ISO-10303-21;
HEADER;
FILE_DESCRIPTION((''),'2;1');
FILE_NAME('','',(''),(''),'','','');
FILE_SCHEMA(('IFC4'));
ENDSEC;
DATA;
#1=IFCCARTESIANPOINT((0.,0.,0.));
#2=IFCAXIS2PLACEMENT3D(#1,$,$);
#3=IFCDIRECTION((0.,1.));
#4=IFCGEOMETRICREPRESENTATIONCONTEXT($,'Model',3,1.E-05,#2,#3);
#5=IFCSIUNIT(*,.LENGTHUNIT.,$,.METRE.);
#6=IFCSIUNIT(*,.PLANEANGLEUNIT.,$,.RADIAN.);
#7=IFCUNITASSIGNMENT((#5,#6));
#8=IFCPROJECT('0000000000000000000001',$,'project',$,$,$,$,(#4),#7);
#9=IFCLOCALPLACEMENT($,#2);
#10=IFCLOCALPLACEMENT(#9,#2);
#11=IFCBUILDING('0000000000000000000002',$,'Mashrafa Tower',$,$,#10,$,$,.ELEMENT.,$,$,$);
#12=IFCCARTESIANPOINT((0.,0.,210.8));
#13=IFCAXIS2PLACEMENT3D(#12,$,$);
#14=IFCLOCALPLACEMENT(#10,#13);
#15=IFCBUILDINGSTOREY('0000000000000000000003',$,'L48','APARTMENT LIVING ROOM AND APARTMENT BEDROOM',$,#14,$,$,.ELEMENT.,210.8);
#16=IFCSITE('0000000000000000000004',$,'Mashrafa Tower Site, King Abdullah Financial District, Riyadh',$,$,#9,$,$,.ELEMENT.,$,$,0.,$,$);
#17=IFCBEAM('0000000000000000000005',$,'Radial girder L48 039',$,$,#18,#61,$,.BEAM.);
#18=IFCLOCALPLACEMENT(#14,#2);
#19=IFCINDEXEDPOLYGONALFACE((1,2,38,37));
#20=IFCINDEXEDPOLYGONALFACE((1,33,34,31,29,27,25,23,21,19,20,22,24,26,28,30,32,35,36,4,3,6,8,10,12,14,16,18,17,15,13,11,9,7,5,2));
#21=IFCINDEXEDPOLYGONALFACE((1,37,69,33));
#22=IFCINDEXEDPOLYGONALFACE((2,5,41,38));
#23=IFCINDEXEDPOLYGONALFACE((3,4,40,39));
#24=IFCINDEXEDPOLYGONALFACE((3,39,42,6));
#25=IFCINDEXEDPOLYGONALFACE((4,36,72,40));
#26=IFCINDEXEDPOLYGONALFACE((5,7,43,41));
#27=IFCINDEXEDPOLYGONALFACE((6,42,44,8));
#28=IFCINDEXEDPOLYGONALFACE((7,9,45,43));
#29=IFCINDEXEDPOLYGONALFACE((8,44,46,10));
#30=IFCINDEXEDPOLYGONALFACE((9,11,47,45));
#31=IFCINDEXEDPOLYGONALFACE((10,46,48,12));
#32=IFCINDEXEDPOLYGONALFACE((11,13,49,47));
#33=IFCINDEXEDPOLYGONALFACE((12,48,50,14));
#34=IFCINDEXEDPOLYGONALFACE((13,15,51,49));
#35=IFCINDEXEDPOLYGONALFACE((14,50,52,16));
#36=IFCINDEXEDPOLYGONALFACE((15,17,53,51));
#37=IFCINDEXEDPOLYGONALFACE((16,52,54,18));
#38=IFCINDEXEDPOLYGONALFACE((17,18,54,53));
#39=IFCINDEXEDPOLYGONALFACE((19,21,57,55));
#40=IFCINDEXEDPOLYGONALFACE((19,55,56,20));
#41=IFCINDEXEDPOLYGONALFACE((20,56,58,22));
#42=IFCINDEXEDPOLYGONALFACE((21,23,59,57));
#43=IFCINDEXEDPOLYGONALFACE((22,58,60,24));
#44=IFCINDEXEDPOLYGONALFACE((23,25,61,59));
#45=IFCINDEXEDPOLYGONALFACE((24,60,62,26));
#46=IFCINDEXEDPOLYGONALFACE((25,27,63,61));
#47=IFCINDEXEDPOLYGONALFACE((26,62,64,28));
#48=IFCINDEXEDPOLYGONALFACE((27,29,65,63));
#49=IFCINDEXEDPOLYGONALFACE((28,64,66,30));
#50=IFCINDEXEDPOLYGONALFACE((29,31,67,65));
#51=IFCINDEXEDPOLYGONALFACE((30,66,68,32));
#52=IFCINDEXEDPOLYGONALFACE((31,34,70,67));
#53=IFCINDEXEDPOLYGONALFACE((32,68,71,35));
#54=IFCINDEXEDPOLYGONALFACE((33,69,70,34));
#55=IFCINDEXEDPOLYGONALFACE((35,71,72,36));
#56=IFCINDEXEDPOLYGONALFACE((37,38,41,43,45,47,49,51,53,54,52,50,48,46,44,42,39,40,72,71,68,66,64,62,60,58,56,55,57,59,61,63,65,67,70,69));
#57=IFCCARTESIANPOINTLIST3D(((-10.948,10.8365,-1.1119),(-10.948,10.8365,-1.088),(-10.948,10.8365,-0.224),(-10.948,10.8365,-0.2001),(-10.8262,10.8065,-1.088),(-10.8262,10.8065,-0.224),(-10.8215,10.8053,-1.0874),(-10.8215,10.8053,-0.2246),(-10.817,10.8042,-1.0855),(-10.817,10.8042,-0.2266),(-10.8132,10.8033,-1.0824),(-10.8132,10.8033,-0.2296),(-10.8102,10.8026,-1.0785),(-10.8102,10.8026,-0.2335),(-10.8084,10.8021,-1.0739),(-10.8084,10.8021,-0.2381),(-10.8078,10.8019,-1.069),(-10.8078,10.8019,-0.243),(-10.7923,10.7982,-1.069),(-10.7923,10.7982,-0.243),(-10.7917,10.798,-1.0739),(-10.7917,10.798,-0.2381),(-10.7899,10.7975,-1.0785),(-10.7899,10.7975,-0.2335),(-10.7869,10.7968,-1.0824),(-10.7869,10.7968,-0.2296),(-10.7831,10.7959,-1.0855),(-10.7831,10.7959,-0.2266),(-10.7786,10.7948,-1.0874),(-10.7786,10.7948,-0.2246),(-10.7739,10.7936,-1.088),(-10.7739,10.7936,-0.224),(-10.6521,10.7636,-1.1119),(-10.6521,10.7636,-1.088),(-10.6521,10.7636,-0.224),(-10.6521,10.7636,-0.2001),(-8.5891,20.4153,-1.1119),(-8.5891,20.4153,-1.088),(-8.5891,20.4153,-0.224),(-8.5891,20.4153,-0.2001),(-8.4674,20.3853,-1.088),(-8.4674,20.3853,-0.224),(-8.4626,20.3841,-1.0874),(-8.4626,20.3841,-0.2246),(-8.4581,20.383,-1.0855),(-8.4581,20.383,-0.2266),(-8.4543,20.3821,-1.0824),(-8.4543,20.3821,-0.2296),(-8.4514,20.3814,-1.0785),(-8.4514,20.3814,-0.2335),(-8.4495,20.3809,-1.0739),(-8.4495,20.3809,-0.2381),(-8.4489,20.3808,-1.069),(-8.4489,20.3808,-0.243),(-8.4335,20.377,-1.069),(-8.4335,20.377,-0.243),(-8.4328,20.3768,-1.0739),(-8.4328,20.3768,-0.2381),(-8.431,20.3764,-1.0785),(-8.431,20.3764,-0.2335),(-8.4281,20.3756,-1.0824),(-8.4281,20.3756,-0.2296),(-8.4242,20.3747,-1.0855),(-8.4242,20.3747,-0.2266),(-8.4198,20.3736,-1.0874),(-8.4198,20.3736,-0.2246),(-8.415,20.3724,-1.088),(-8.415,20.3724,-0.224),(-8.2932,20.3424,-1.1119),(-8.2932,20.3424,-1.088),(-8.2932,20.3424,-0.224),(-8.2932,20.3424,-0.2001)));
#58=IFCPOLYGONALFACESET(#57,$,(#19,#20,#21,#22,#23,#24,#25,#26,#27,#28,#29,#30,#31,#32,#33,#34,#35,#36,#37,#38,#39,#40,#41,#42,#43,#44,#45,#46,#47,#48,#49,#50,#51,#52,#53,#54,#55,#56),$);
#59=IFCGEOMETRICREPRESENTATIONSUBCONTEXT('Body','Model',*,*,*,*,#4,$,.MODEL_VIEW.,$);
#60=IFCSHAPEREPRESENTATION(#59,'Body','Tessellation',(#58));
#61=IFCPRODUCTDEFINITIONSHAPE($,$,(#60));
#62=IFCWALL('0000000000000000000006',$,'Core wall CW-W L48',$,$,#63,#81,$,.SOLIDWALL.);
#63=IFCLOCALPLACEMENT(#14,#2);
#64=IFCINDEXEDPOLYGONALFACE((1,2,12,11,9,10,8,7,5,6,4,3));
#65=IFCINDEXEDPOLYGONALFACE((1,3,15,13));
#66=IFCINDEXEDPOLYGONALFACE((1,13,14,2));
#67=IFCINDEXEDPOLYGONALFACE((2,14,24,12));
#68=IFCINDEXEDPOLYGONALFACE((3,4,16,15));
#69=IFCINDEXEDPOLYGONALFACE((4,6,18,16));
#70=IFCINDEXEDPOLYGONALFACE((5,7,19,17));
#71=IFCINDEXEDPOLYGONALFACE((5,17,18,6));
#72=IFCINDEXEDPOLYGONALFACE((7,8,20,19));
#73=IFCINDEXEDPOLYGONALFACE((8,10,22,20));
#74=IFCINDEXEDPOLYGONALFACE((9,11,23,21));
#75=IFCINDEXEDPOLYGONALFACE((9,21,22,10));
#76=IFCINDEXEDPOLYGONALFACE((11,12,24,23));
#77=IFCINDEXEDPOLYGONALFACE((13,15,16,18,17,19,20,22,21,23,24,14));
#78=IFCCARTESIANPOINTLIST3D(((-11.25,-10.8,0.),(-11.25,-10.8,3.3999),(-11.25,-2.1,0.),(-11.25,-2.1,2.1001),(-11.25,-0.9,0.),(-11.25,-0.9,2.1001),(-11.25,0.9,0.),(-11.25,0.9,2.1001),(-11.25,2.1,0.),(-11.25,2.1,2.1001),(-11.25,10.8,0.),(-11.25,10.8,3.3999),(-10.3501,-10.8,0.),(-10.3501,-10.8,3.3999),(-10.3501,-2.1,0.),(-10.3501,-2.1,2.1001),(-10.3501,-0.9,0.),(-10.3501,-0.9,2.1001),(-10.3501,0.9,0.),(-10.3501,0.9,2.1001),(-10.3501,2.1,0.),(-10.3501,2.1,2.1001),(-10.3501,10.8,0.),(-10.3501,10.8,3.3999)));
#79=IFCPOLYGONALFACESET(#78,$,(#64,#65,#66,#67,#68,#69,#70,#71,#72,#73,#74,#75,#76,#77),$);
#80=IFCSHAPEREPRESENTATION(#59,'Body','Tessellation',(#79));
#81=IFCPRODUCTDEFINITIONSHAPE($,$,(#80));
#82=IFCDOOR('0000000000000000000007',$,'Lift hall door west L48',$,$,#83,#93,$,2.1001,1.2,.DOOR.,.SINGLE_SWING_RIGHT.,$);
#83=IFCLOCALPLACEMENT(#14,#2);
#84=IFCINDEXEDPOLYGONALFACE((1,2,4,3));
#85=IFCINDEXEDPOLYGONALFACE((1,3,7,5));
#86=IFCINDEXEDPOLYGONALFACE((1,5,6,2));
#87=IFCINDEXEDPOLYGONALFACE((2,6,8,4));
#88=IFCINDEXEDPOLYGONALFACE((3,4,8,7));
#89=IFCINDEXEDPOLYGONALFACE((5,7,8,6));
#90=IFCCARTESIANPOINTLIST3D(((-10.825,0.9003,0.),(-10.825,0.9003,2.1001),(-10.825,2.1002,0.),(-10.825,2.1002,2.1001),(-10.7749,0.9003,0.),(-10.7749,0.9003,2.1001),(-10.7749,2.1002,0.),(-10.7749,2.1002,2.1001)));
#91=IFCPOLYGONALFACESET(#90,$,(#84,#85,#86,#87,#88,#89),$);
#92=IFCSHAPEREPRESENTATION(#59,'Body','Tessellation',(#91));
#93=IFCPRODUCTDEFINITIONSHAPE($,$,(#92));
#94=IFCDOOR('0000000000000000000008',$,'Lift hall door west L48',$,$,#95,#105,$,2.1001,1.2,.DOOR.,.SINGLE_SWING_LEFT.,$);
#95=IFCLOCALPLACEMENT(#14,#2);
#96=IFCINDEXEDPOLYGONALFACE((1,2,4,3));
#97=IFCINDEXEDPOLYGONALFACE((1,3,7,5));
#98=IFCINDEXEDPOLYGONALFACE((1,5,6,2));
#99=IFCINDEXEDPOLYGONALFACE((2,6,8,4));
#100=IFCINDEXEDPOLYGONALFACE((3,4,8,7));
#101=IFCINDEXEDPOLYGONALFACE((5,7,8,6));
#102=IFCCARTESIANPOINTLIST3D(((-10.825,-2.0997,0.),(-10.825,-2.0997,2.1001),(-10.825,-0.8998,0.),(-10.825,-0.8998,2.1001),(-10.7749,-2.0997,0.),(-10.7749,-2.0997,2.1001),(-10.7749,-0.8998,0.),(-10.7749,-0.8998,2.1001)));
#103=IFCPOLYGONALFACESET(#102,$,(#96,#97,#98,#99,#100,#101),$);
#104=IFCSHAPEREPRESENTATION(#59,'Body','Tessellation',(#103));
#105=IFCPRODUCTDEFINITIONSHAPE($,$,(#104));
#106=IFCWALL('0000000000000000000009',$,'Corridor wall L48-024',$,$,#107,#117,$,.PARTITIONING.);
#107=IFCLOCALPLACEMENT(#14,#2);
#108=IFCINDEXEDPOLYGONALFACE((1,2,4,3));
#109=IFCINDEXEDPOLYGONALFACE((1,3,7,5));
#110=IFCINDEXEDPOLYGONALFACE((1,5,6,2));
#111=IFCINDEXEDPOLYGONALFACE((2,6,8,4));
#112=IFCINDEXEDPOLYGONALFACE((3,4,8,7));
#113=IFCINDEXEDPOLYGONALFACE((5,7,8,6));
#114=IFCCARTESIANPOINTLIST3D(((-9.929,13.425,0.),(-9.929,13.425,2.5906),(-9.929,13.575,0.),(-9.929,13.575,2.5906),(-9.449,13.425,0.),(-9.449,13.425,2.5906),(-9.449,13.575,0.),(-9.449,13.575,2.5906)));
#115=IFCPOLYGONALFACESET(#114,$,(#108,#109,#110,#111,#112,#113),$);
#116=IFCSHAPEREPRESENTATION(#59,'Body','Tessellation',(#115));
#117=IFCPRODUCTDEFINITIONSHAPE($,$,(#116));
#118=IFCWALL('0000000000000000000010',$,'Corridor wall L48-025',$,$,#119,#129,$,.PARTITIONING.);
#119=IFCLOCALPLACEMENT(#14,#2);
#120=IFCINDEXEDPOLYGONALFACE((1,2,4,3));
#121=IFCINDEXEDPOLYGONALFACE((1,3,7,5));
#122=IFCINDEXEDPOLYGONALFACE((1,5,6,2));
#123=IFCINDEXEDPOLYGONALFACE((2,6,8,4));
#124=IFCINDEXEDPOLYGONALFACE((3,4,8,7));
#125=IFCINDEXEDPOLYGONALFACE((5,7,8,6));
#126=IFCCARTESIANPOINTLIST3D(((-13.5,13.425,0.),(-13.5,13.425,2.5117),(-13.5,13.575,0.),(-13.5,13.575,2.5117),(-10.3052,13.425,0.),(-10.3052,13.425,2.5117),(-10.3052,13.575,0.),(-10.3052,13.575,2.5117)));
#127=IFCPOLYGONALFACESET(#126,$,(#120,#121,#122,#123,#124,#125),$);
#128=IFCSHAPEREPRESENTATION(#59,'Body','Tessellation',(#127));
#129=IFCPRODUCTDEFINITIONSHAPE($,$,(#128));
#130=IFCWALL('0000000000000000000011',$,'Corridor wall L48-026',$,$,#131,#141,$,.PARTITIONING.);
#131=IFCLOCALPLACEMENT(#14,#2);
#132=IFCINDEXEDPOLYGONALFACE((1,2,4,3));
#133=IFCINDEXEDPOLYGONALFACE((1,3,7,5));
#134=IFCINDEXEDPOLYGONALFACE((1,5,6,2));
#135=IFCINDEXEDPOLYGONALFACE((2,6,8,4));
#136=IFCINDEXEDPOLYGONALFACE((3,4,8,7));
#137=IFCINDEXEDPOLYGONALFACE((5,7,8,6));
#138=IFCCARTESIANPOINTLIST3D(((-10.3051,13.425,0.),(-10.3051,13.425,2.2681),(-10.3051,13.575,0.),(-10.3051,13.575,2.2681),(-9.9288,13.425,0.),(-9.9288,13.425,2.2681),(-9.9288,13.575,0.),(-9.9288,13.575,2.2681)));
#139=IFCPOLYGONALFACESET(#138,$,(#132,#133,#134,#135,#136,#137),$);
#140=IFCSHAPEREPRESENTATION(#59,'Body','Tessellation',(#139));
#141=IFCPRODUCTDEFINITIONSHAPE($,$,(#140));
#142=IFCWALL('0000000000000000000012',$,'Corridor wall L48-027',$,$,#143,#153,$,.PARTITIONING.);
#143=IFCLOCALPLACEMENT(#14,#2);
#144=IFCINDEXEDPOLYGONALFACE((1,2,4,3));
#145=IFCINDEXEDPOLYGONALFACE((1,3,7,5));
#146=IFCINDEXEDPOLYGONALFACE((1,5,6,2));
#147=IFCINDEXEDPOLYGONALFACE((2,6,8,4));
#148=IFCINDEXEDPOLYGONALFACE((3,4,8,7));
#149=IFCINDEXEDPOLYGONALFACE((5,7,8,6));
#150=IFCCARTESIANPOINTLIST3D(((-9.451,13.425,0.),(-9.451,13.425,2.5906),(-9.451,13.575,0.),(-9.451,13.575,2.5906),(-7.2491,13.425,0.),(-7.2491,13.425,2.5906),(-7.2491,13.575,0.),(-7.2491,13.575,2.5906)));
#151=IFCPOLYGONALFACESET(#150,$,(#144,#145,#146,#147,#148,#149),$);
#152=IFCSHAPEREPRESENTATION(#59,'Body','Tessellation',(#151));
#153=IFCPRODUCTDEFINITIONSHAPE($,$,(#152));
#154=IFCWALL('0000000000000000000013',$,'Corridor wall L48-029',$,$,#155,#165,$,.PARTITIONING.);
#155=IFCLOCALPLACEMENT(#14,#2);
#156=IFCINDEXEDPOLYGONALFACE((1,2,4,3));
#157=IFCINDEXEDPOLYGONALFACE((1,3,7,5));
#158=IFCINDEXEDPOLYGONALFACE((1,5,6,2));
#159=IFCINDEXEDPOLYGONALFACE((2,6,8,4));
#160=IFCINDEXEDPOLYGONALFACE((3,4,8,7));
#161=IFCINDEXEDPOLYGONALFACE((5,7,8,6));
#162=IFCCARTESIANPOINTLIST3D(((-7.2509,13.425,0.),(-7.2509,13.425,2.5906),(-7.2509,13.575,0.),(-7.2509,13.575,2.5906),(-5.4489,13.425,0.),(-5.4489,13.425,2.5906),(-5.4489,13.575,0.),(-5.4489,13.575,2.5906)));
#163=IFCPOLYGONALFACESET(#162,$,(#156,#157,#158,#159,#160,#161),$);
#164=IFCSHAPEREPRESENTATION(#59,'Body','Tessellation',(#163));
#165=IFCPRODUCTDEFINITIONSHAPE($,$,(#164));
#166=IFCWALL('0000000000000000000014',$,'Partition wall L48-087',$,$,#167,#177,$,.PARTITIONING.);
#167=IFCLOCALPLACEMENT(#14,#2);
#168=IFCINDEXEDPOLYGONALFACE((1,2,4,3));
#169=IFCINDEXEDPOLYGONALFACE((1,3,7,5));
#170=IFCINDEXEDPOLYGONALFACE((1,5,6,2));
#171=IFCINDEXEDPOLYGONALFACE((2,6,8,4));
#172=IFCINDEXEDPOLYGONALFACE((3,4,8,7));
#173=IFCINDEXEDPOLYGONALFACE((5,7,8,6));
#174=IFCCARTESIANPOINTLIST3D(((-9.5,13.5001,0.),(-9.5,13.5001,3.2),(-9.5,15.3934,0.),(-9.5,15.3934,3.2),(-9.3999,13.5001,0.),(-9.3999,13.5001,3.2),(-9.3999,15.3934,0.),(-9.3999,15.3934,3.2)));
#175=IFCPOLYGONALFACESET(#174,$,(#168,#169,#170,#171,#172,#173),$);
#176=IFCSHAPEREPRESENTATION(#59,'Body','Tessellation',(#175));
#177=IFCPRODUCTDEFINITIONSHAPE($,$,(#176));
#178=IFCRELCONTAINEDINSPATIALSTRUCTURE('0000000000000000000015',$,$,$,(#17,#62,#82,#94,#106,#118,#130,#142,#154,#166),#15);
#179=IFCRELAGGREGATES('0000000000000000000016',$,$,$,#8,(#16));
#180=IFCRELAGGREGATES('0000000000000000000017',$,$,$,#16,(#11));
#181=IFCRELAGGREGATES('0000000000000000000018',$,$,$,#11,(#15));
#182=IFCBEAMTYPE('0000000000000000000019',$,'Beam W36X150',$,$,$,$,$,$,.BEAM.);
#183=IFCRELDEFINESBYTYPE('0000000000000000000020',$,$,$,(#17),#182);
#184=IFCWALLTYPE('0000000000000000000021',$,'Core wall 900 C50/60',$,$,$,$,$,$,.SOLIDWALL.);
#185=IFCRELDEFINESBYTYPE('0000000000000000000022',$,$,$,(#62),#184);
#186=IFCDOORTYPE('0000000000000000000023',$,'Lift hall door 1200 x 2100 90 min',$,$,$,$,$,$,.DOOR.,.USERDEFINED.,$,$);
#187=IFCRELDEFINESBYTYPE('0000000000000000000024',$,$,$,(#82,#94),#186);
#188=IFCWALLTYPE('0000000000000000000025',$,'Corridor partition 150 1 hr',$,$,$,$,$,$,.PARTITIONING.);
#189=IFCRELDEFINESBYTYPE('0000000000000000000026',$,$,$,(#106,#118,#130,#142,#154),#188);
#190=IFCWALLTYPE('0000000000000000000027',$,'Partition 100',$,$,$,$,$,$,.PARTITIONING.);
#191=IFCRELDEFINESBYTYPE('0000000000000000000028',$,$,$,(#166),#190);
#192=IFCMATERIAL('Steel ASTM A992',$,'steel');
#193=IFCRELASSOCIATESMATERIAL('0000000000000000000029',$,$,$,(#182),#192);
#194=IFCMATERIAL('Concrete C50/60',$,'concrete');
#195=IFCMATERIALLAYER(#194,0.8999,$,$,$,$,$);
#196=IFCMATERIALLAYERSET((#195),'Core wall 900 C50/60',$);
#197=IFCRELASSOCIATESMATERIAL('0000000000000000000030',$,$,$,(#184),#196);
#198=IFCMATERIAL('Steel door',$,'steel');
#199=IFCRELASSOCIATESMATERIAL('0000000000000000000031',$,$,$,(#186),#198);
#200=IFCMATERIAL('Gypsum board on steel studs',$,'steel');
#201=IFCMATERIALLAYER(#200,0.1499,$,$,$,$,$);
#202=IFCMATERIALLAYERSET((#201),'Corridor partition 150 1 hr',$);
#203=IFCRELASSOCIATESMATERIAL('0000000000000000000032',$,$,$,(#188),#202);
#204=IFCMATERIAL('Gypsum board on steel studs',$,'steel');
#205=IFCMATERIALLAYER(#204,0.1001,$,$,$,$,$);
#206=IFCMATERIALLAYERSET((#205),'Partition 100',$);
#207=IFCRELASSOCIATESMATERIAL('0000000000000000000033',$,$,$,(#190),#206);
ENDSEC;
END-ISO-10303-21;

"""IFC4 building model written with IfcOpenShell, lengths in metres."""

from ifc_helpers import new_model, si_unit, direction, frame, frame_2d, origin, origin_2d, place, context, subcontext, project, spatial, rectangle, i_section, extrude, material, layer, layer_set, material_profile, profile_set, type_object, element, fill, save


model = new_model("IFC4")

# Units and contexts
model_context = context("Model", 3, precision=1e-05, world=origin(), true_north=direction((0.0, 1.0)))
body_context = subcontext(model_context, "Body", "Model", "MODEL_VIEW")
ifc_project = project(units=[si_unit("LENGTHUNIT", "METRE"), si_unit("PLANEANGLEUNIT", "RADIAN")], contexts=[model_context])

# Site, building, storey
site_placement = place(None, origin())
site = spatial("IfcSite", under=ifc_project, at=site_placement, Name="Mashrafa Tower Site, King Abdullah Financial District, Riyadh", CompositionType="ELEMENT", RefElevation=0.0)
building_placement = place(site_placement, origin())
building = spatial("IfcBuilding", under=site, at=building_placement, Name="Mashrafa Tower", CompositionType="ELEMENT")
storey_placement = place(building_placement, frame((0.0, 0.0, 210.8)))
storey = spatial("IfcBuildingStorey", under=building, at=storey_placement, Name="L48", Description="APARTMENT LIVING ROOM AND APARTMENT BEDROOM", CompositionType="ELEMENT", Elevation=210.8)

# Beam
ifc_material_1 = material(Name="Steel ASTM A992", Category="steel")
ifc_material_profile_1 = material_profile(ifc_material_1, i_section(OverallWidth=0.3047, OverallDepth=0.9119, WebThickness=0.0159, FlangeThickness=0.0239, FilletRadius=0.019, at=origin_2d()), Name="W36X150")
ifc_profile_set_1 = profile_set([ifc_material_profile_1], Name="Steel ASTM A992")
beam_type_1 = type_object("IfcBeamType", Name="Beam W36X150", PredefinedType="BEAM", material=ifc_profile_set_1)
for number, where, z_axis, x_axis, name in (
    (1, (-10.8, 10.8, -0.656), (0.239116, 0.970991, 0.0), (-0.970991, 0.239116, 0.0), "Radial girder L48 039"),
):
    element("IfcBeam", number, at=place(storey_placement, frame(where, z_axis=z_axis, x_axis=x_axis)), inside=storey, type_object=beam_type_1, Name=name, PredefinedType="BEAM", context=body_context, shape_type="SweptSolid", body=[
        extrude(i_section(OverallWidth=0.3047, OverallDepth=0.9119, WebThickness=0.0159, FlangeThickness=0.0239, FilletRadius=0.019, at=origin_2d()), origin(), (0.0, 0.0, 1.0), 9.865),
    ])

# Wall, openings, doors
ifc_material_2 = material(Name="Concrete C50/60", Category="concrete")
ifc_layer_1 = layer(ifc_material_2, 0.8999)
ifc_layer_set_1 = layer_set([ifc_layer_1], Name="Core wall 900 C50/60")
wall_type_1 = type_object("IfcWallType", Name="Core wall 900 C50/60", PredefinedType="SOLIDWALL", material=ifc_layer_set_1)
wall_1_placement = place(storey_placement, frame((-10.8, 10.8, 0.0), z_axis=(0.0, 0.0, 1.0), x_axis=(0.0, -1.0, 0.0)))
wall_1 = element("IfcWall", 2, at=wall_1_placement, inside=storey, type_object=wall_type_1, Name="Core wall CW-W L48", PredefinedType="SOLIDWALL", context=body_context, shape_type="SweptSolid", body=[
    extrude(rectangle(XDim=21.6001, YDim=0.8999, at=frame_2d((10.8, 0.0))), origin(), (0.0, 0.0, 1.0), 3.3999),
])
opening_1_placement = place(wall_1_placement, frame((8.7, 0.0, 0.0)))
opening_1 = element("IfcOpeningElement", 3, at=opening_1_placement, cuts=wall_1, PredefinedType="OPENING", context=body_context, shape_type="SweptSolid", body=[
    extrude(rectangle(XDim=1.2, YDim=2.1001, at=frame_2d((0.6001, 1.05))), frame((0.0, 0.46, 0.0), z_axis=(0.0, -1.0, 0.0), x_axis=(1.0, 0.0, 0.0)), (0.0, 0.0, 1.0), 0.9199),
])
opening_2_placement = place(wall_1_placement, frame((11.7, 0.0, 0.0)))
opening_2 = element("IfcOpeningElement", 4, at=opening_2_placement, cuts=wall_1, PredefinedType="OPENING", context=body_context, shape_type="SweptSolid", body=[
    extrude(rectangle(XDim=1.2, YDim=2.1001, at=frame_2d((0.6001, 1.05))), frame((0.0, 0.46, 0.0), z_axis=(0.0, -1.0, 0.0), x_axis=(1.0, 0.0, 0.0)), (0.0, 0.0, 1.0), 0.9199),
])
ifc_material_3 = material(Name="Steel door", Category="steel")
door_type_1 = type_object("IfcDoorType", Name="Lift hall door 1200 x 2100 90 min", OperationType="USERDEFINED", PredefinedType="DOOR", material=ifc_material_3)
door_1_placement = place(opening_1_placement, frame((1.2, 0.0, 0.0), z_axis=(0.0, 0.0, 1.0), x_axis=(-1.0, 0.0, 0.0)))
door_1 = element("IfcDoor", 5, at=door_1_placement, inside=storey, type_object=door_type_1, Name="Lift hall door west L48", OperationType="SINGLE_SWING_RIGHT", OverallHeight=2.1001, OverallWidth=1.2, PredefinedType="DOOR", context=body_context, shape_type="SweptSolid", body=[
    extrude(rectangle(XDim=1.2, YDim=2.1001, at=frame_2d((0.6001, 1.05))), frame((0.0, 0.0249, 0.0), z_axis=(0.0, -1.0, 0.0), x_axis=(1.0, 0.0, 0.0)), (0.0, 0.0, 1.0), 0.05),
])
fill(opening_1, door_1)
door_2_placement = place(opening_2_placement, frame((1.2, 0.0, 0.0), z_axis=(0.0, 0.0, 1.0), x_axis=(-1.0, 0.0, 0.0)))
door_2 = element("IfcDoor", 6, at=door_2_placement, inside=storey, type_object=door_type_1, Name="Lift hall door west L48", OperationType="SINGLE_SWING_LEFT", OverallHeight=2.1001, OverallWidth=1.2, PredefinedType="DOOR", context=body_context, shape_type="SweptSolid", body=[
    extrude(rectangle(XDim=1.2, YDim=2.1001, at=frame_2d((0.6001, 1.05))), frame((0.0, 0.0249, 0.0), z_axis=(0.0, -1.0, 0.0), x_axis=(1.0, 0.0, 0.0)), (0.0, 0.0, 1.0), 0.05),
])
fill(opening_2, door_2)

# Walls
ifc_material_4 = material(Name="Gypsum board on steel studs", Category="steel")
ifc_layer_2 = layer(ifc_material_4, 0.1499)
ifc_layer_set_2 = layer_set([ifc_layer_2], Name="Corridor partition 150 1 hr")
wall_type_2 = type_object("IfcWallType", Name="Corridor partition 150 1 hr", PredefinedType="PARTITIONING", material=ifc_layer_set_2)
wall_2_placement = place(storey_placement, frame((-9.449, 13.5, 0.0), z_axis=(0.0, 0.0, 1.0), x_axis=(-1.0, 0.0, 0.0)))
element("IfcWall", 7, at=wall_2_placement, inside=storey, type_object=wall_type_2, Name="Corridor wall L48-024", PredefinedType="PARTITIONING", context=body_context, shape_type="SweptSolid", body=[
    extrude(rectangle(XDim=0.48, YDim=0.1499, at=frame_2d((0.24, 0.0))), origin(), (0.0, 0.0, 1.0), 2.5906),
])
wall_3_placement = place(storey_placement, frame((-10.3052, 13.5, 0.0), z_axis=(0.0, 0.0, 1.0), x_axis=(-1.0, 0.0, 0.0)))
element("IfcWall", 8, at=wall_3_placement, inside=storey, type_object=wall_type_2, Name="Corridor wall L48-025", PredefinedType="PARTITIONING", context=body_context, shape_type="SweptSolid", body=[
    extrude(rectangle(XDim=3.1948, YDim=0.1499, at=frame_2d((1.5974, 0.0))), origin(), (0.0, 0.0, 1.0), 2.5117),
])
wall_4_placement = place(storey_placement, frame((-9.929, 13.5, 0.0), z_axis=(0.0, 0.0, 1.0), x_axis=(-1.0, 0.0, 0.0)))
element("IfcWall", 9, at=wall_4_placement, inside=storey, type_object=wall_type_2, Name="Corridor wall L48-026", PredefinedType="PARTITIONING", context=body_context, shape_type="SweptSolid", body=[
    extrude(rectangle(XDim=0.3762, YDim=0.1499, at=frame_2d((0.188, 0.0))), origin(), (0.0, 0.0, 1.0), 2.2681),
])
wall_5_placement = place(storey_placement, frame((-7.249, 13.5, 0.0), z_axis=(0.0, 0.0, 1.0), x_axis=(-1.0, 0.0, 0.0)))
element("IfcWall", 10, at=wall_5_placement, inside=storey, type_object=wall_type_2, Name="Corridor wall L48-027", PredefinedType="PARTITIONING", context=body_context, shape_type="SweptSolid", body=[
    extrude(rectangle(XDim=2.2019, YDim=0.1499, at=frame_2d((1.1011, 0.0))), origin(), (0.0, 0.0, 1.0), 2.5906),
])
wall_6_placement = place(storey_placement, frame((-5.449, 13.5, 0.0), z_axis=(0.0, 0.0, 1.0), x_axis=(-1.0, 0.0, 0.0)))
element("IfcWall", 11, at=wall_6_placement, inside=storey, type_object=wall_type_2, Name="Corridor wall L48-029", PredefinedType="PARTITIONING", context=body_context, shape_type="SweptSolid", body=[
    extrude(rectangle(XDim=1.802, YDim=0.1499, at=frame_2d((0.9009, 0.0))), origin(), (0.0, 0.0, 1.0), 2.5906),
])
ifc_material_5 = material(Name="Gypsum board on steel studs", Category="steel")
ifc_layer_3 = layer(ifc_material_5, 0.1001)
ifc_layer_set_3 = layer_set([ifc_layer_3], Name="Partition 100")
wall_type_3 = type_object("IfcWallType", Name="Partition 100", PredefinedType="PARTITIONING", material=ifc_layer_set_3)
wall_7_placement = place(storey_placement, frame((-9.45, 13.5, 0.0), z_axis=(0.0, 0.0, 1.0), x_axis=(0.0, 1.0, 0.0)))
element("IfcWall", 12, at=wall_7_placement, inside=storey, type_object=wall_type_3, Name="Partition wall L48-087", PredefinedType="PARTITIONING", context=body_context, shape_type="SweptSolid", body=[
    extrude(rectangle(XDim=1.8933, YDim=0.1001, at=frame_2d((0.9468, 0.0))), origin(), (0.0, 0.0, 1.0), 3.2),
])

save(model, "model.ifc")
